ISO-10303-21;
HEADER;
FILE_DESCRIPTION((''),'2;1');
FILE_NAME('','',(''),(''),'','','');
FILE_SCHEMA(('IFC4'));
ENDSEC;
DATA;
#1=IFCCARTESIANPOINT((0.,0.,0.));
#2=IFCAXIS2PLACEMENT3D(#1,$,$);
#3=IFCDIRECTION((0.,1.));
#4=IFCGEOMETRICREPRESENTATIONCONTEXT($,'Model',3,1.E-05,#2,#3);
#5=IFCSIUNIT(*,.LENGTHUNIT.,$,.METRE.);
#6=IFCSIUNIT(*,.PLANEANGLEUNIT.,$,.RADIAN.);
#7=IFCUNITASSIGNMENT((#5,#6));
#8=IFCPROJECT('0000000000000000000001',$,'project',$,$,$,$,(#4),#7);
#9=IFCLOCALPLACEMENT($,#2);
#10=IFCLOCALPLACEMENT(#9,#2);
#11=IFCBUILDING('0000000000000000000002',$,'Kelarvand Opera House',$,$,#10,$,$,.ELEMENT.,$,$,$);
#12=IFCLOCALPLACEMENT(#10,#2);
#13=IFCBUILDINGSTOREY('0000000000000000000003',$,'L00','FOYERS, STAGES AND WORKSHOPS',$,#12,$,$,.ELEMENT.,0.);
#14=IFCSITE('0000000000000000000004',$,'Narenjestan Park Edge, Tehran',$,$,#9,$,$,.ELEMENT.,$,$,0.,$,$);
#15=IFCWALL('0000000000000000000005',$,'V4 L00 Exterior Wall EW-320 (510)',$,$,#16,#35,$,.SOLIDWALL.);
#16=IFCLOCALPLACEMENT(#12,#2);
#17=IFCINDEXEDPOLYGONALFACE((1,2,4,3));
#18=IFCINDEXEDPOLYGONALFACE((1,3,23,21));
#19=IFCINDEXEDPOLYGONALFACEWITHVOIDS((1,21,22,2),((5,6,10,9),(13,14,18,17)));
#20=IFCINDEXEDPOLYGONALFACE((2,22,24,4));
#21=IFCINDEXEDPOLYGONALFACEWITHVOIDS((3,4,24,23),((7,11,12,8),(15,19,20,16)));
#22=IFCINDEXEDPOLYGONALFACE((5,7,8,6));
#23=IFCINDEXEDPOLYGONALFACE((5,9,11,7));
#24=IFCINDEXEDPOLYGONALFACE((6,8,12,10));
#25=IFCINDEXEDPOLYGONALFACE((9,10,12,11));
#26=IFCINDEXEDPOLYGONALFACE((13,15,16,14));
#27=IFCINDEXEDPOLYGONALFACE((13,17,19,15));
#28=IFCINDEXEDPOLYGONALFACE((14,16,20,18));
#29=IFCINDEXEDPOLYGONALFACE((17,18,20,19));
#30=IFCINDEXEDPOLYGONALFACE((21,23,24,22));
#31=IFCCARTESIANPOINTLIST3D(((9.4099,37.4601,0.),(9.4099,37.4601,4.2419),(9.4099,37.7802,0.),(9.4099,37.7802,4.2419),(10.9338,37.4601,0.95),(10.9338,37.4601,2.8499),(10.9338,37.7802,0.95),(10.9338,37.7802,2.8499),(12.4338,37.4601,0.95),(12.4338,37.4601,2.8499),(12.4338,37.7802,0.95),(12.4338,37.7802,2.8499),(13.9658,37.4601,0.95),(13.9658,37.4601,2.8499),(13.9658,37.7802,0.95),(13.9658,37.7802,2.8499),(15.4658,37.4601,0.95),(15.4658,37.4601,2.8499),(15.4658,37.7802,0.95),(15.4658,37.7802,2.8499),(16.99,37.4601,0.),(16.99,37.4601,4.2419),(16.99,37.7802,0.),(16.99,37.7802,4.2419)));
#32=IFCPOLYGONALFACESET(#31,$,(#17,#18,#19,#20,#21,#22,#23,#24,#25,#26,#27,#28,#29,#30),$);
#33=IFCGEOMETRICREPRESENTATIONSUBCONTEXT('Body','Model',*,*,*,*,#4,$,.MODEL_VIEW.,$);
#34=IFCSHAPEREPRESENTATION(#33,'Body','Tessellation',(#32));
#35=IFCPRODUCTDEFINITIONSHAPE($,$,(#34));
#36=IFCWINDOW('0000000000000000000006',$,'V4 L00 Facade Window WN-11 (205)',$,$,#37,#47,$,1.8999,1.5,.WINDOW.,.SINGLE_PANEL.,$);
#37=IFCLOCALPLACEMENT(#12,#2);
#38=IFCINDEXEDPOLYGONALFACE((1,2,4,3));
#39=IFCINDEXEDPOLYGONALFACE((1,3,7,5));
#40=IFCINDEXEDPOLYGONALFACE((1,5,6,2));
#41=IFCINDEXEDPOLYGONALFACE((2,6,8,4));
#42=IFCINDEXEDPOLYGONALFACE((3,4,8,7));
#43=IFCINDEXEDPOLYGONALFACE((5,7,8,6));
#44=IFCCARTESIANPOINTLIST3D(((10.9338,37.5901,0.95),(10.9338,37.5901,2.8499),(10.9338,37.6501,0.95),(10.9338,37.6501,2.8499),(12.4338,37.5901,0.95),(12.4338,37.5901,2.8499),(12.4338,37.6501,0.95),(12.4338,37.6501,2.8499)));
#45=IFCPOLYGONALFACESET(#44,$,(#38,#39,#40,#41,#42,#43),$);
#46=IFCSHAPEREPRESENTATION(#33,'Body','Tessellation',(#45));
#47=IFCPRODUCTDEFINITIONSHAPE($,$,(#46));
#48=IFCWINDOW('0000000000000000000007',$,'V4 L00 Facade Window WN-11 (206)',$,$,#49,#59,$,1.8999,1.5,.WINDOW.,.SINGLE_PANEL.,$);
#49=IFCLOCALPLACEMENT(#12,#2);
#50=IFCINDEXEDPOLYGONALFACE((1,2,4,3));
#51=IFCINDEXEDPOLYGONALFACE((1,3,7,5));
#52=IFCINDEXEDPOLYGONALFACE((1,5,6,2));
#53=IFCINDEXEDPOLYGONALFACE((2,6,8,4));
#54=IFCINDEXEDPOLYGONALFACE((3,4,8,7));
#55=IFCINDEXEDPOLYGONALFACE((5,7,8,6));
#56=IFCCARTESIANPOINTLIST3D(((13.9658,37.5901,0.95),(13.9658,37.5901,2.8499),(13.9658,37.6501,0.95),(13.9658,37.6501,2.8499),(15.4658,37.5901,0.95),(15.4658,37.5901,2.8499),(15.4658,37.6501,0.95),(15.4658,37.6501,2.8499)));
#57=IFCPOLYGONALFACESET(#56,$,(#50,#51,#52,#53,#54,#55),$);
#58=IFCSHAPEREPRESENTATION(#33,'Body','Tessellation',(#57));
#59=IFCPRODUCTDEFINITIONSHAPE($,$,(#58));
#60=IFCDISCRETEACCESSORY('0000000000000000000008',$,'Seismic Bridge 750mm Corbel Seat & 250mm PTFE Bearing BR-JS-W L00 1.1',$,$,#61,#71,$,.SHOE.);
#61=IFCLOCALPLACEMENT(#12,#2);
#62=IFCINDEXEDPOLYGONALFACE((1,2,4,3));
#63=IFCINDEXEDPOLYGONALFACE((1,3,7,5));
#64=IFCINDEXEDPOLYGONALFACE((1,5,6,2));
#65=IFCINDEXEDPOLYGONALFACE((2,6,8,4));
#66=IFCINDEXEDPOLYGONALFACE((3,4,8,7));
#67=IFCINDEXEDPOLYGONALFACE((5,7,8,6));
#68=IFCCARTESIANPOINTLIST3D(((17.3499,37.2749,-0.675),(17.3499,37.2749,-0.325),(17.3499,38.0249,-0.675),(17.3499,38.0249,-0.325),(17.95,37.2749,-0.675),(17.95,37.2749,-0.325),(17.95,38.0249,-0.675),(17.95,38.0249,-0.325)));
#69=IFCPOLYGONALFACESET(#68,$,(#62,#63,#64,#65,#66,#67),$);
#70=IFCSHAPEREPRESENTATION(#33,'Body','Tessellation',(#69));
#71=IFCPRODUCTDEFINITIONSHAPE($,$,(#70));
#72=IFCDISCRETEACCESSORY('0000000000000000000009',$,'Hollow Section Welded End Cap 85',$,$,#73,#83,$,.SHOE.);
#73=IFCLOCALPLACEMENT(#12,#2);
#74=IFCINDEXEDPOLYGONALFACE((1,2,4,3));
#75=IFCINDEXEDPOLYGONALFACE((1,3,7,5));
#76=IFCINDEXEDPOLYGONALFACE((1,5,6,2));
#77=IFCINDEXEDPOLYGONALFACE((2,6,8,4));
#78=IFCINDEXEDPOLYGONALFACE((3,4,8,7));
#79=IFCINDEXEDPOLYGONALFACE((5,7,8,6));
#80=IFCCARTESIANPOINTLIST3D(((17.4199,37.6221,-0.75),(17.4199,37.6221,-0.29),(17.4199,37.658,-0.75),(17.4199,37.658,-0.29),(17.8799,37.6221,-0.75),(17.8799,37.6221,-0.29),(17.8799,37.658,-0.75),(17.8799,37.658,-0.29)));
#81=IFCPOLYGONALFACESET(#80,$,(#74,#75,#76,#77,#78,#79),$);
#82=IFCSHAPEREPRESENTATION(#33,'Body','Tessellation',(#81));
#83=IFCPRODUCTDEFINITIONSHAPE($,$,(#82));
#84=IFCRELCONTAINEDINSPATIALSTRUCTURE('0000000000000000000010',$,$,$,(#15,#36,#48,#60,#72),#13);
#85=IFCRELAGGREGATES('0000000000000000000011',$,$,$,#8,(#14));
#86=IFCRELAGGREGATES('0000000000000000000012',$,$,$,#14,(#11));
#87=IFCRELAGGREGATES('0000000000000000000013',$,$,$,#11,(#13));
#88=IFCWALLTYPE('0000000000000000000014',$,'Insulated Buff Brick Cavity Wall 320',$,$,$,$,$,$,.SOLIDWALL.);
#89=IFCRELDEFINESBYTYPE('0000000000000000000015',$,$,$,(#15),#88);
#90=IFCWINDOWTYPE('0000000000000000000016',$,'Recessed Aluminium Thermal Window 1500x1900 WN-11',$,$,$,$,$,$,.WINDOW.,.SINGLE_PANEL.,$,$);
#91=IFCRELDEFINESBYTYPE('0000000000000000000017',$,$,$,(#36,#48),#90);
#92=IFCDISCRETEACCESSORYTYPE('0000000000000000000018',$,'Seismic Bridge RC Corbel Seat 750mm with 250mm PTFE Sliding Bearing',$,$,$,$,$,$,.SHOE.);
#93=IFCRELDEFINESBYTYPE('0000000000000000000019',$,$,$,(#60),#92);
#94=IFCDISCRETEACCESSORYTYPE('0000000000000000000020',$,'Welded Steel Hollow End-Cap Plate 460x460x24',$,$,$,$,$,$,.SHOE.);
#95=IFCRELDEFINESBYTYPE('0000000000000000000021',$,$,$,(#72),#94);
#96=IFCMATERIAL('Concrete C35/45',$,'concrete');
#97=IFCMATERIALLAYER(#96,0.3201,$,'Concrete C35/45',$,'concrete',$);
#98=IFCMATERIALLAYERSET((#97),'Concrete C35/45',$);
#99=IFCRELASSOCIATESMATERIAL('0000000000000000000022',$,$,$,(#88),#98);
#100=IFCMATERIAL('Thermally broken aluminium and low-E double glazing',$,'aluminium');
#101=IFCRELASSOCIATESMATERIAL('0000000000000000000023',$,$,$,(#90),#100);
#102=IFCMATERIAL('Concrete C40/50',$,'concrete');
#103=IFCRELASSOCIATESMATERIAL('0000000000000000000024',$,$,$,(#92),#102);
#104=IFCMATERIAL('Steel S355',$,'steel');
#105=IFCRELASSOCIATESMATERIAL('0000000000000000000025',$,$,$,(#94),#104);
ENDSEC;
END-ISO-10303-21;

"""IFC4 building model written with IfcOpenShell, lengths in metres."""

from ifc_helpers import new_model, si_unit, direction, frame, frame_2d, origin, origin_2d, place, context, subcontext, project, spatial, rectangle, extrude, material, layer, layer_set, material_profile, profile_set, type_object, element, fill, save


model = new_model("IFC4")

# Units and contexts
model_context = context("Model", 3, precision=1e-05, world=origin(), true_north=direction((0.0, 1.0)))
body_context = subcontext(model_context, "Body", "Model", "MODEL_VIEW")
ifc_project = project(units=[si_unit("LENGTHUNIT", "METRE"), si_unit("PLANEANGLEUNIT", "RADIAN")], contexts=[model_context])

# Site, building, storey
site_placement = place(None, origin())
site = spatial("IfcSite", under=ifc_project, at=site_placement, Name="Narenjestan Park Edge, Tehran", CompositionType="ELEMENT", RefElevation=0.0)
building_placement = place(site_placement, origin())
building = spatial("IfcBuilding", under=site, at=building_placement, Name="Kelarvand Opera House", CompositionType="ELEMENT")
storey_placement = place(building_placement, origin())
storey = spatial("IfcBuildingStorey", under=building, at=storey_placement, Name="L00", Description="FOYERS, STAGES AND WORKSHOPS", CompositionType="ELEMENT", Elevation=0.0)

# Shared definitions
ifc_material_1 = material(Name="Concrete C40/50", Category="concrete")

# Shared definitions
ifc_material_2 = material(Name="Steel S355", Category="steel")

# Shared definitions
ifc_material_3 = material(Name="Concrete C35/45", Category="concrete")
ifc_layer = layer(ifc_material_3, 0.3201, Name="Concrete C35/45", Category="concrete")
ifc_layer_set = layer_set([ifc_layer], Name="Concrete C35/45")
wall_type = type_object("IfcWallType", Name="Insulated Buff Brick Cavity Wall 320", PredefinedType="SOLIDWALL", material=ifc_layer_set)

# Shared definitions
ifc_material_4 = material(Name="Thermally broken aluminium and low-E double glazing", Category="aluminium")

# Wall, openings, windows
wall_1_placement = place(storey_placement, frame((9.4099, 37.6201, 0.0), z_axis=(0.0, 0.0, 1.0), x_axis=(1.0, 0.0, 0.0)))
wall_1 = element("IfcWall", 1, at=wall_1_placement, inside=storey, type_object=wall_type, Name="V4 L00 Exterior Wall EW-320 (510)", PredefinedType="SOLIDWALL", context=body_context, shape_type="SweptSolid", body=[
    extrude(rectangle(XDim=7.5801, YDim=0.3201, at=frame_2d((3.79, 0.0))), origin(), (0.0, 0.0, 1.0), 4.2419),
])
opening_1_placement = place(wall_1_placement, frame((1.5239, 0.0, 0.95)))
opening_1 = element("IfcOpeningElement", 2, at=opening_1_placement, cuts=wall_1, PredefinedType="OPENING", context=body_context, shape_type="SweptSolid", body=[
    extrude(rectangle(XDim=1.5, YDim=1.8999, at=frame_2d((0.75, 0.95))), frame((0.0, 0.1699, 0.0), z_axis=(0.0, -1.0, 0.0), x_axis=(1.0, 0.0, 0.0)), (0.0, 0.0, 1.0), 0.3401),
])
opening_2_placement = place(wall_1_placement, frame((4.5559, 0.0, 0.95)))
opening_2 = element("IfcOpeningElement", 3, at=opening_2_placement, cuts=wall_1, PredefinedType="OPENING", context=body_context, shape_type="SweptSolid", body=[
    extrude(rectangle(XDim=1.5, YDim=1.8999, at=frame_2d((0.75, 0.95))), frame((0.0, 0.1699, 0.0), z_axis=(0.0, -1.0, 0.0), x_axis=(1.0, 0.0, 0.0)), (0.0, 0.0, 1.0), 0.3401),
])
window_type_1 = type_object("IfcWindowType", Name="Recessed Aluminium Thermal Window 1500x1900 WN-11", PartitioningType="SINGLE_PANEL", PredefinedType="WINDOW", material=ifc_material_4)
window_1_placement = place(opening_1_placement, origin())
window_1 = element("IfcWindow", 4, at=window_1_placement, inside=storey, type_object=window_type_1, Name="V4 L00 Facade Window WN-11 (205)", OverallHeight=1.8999, OverallWidth=1.5, PartitioningType="SINGLE_PANEL", PredefinedType="WINDOW", context=body_context, shape_type="SweptSolid", body=[
    extrude(rectangle(XDim=1.5, YDim=1.8999, at=frame_2d((0.75, 0.95))), frame((0.0, 0.03, 0.0), z_axis=(0.0, -1.0, 0.0), x_axis=(1.0, 0.0, 0.0)), (0.0, 0.0, 1.0), 0.0601),
])
fill(opening_1, window_1)
window_2_placement = place(opening_2_placement, origin())
window_2 = element("IfcWindow", 5, at=window_2_placement, inside=storey, type_object=window_type_1, Name="V4 L00 Facade Window WN-11 (206)", OverallHeight=1.8999, OverallWidth=1.5, PartitioningType="SINGLE_PANEL", PredefinedType="WINDOW", context=body_context, shape_type="SweptSolid", body=[
    extrude(rectangle(XDim=1.5, YDim=1.8999, at=frame_2d((0.75, 0.95))), frame((0.0, 0.03, 0.0), z_axis=(0.0, -1.0, 0.0), x_axis=(1.0, 0.0, 0.0)), (0.0, 0.0, 1.0), 0.0601),
])
fill(opening_2, window_2)

# Discrete accessories
discrete_accessory_type_1 = type_object("IfcDiscreteAccessoryType", Name="Seismic Bridge RC Corbel Seat 750mm with 250mm PTFE Sliding Bearing", PredefinedType="SHOE", material=ifc_material_1)
discrete_accessory_1_placement = place(storey_placement, frame((17.6499, 37.6499, -0.675), z_axis=(0.0, 0.0, 1.0), x_axis=(0.0, 1.0, 0.0)))
element("IfcDiscreteAccessory", 6, at=discrete_accessory_1_placement, inside=storey, type_object=discrete_accessory_type_1, Name="Seismic Bridge 750mm Corbel Seat & 250mm PTFE Bearing BR-JS-W L00 1.1", PredefinedType="SHOE", context=body_context, shape_type="SweptSolid", body=[
    extrude(rectangle(XDim=0.75, YDim=0.6001, at=origin_2d()), origin(), (0.0, 0.0, 1.0), 0.3501),
])
ifc_material_profile_1 = material_profile(ifc_material_2, rectangle(XDim=0.46, YDim=0.46, at=origin_2d()), Name="Welded Steel Hollow End-Cap Plate 460x460x24", Category="steel")
ifc_profile_set_1 = profile_set([ifc_material_profile_1], Name="Steel S355")
discrete_accessory_type_2 = type_object("IfcDiscreteAccessoryType", Name="Welded Steel Hollow End-Cap Plate 460x460x24", PredefinedType="SHOE", material=ifc_profile_set_1)
discrete_accessory_2_placement = place(storey_placement, frame((17.6499, 37.658, -0.52), z_axis=(0.0, -1.0, 0.0), x_axis=(1.0, 0.0, 0.0)))
element("IfcDiscreteAccessory", 7, at=discrete_accessory_2_placement, inside=storey, type_object=discrete_accessory_type_2, Name="Hollow Section Welded End Cap 85", PredefinedType="SHOE", context=body_context, shape_type="SweptSolid", body=[
    extrude(rectangle(XDim=0.46, YDim=0.46, at=origin_2d()), origin(), (0.0, 0.0, 1.0), 0.0359),
])

save(model, "model.ifc")
